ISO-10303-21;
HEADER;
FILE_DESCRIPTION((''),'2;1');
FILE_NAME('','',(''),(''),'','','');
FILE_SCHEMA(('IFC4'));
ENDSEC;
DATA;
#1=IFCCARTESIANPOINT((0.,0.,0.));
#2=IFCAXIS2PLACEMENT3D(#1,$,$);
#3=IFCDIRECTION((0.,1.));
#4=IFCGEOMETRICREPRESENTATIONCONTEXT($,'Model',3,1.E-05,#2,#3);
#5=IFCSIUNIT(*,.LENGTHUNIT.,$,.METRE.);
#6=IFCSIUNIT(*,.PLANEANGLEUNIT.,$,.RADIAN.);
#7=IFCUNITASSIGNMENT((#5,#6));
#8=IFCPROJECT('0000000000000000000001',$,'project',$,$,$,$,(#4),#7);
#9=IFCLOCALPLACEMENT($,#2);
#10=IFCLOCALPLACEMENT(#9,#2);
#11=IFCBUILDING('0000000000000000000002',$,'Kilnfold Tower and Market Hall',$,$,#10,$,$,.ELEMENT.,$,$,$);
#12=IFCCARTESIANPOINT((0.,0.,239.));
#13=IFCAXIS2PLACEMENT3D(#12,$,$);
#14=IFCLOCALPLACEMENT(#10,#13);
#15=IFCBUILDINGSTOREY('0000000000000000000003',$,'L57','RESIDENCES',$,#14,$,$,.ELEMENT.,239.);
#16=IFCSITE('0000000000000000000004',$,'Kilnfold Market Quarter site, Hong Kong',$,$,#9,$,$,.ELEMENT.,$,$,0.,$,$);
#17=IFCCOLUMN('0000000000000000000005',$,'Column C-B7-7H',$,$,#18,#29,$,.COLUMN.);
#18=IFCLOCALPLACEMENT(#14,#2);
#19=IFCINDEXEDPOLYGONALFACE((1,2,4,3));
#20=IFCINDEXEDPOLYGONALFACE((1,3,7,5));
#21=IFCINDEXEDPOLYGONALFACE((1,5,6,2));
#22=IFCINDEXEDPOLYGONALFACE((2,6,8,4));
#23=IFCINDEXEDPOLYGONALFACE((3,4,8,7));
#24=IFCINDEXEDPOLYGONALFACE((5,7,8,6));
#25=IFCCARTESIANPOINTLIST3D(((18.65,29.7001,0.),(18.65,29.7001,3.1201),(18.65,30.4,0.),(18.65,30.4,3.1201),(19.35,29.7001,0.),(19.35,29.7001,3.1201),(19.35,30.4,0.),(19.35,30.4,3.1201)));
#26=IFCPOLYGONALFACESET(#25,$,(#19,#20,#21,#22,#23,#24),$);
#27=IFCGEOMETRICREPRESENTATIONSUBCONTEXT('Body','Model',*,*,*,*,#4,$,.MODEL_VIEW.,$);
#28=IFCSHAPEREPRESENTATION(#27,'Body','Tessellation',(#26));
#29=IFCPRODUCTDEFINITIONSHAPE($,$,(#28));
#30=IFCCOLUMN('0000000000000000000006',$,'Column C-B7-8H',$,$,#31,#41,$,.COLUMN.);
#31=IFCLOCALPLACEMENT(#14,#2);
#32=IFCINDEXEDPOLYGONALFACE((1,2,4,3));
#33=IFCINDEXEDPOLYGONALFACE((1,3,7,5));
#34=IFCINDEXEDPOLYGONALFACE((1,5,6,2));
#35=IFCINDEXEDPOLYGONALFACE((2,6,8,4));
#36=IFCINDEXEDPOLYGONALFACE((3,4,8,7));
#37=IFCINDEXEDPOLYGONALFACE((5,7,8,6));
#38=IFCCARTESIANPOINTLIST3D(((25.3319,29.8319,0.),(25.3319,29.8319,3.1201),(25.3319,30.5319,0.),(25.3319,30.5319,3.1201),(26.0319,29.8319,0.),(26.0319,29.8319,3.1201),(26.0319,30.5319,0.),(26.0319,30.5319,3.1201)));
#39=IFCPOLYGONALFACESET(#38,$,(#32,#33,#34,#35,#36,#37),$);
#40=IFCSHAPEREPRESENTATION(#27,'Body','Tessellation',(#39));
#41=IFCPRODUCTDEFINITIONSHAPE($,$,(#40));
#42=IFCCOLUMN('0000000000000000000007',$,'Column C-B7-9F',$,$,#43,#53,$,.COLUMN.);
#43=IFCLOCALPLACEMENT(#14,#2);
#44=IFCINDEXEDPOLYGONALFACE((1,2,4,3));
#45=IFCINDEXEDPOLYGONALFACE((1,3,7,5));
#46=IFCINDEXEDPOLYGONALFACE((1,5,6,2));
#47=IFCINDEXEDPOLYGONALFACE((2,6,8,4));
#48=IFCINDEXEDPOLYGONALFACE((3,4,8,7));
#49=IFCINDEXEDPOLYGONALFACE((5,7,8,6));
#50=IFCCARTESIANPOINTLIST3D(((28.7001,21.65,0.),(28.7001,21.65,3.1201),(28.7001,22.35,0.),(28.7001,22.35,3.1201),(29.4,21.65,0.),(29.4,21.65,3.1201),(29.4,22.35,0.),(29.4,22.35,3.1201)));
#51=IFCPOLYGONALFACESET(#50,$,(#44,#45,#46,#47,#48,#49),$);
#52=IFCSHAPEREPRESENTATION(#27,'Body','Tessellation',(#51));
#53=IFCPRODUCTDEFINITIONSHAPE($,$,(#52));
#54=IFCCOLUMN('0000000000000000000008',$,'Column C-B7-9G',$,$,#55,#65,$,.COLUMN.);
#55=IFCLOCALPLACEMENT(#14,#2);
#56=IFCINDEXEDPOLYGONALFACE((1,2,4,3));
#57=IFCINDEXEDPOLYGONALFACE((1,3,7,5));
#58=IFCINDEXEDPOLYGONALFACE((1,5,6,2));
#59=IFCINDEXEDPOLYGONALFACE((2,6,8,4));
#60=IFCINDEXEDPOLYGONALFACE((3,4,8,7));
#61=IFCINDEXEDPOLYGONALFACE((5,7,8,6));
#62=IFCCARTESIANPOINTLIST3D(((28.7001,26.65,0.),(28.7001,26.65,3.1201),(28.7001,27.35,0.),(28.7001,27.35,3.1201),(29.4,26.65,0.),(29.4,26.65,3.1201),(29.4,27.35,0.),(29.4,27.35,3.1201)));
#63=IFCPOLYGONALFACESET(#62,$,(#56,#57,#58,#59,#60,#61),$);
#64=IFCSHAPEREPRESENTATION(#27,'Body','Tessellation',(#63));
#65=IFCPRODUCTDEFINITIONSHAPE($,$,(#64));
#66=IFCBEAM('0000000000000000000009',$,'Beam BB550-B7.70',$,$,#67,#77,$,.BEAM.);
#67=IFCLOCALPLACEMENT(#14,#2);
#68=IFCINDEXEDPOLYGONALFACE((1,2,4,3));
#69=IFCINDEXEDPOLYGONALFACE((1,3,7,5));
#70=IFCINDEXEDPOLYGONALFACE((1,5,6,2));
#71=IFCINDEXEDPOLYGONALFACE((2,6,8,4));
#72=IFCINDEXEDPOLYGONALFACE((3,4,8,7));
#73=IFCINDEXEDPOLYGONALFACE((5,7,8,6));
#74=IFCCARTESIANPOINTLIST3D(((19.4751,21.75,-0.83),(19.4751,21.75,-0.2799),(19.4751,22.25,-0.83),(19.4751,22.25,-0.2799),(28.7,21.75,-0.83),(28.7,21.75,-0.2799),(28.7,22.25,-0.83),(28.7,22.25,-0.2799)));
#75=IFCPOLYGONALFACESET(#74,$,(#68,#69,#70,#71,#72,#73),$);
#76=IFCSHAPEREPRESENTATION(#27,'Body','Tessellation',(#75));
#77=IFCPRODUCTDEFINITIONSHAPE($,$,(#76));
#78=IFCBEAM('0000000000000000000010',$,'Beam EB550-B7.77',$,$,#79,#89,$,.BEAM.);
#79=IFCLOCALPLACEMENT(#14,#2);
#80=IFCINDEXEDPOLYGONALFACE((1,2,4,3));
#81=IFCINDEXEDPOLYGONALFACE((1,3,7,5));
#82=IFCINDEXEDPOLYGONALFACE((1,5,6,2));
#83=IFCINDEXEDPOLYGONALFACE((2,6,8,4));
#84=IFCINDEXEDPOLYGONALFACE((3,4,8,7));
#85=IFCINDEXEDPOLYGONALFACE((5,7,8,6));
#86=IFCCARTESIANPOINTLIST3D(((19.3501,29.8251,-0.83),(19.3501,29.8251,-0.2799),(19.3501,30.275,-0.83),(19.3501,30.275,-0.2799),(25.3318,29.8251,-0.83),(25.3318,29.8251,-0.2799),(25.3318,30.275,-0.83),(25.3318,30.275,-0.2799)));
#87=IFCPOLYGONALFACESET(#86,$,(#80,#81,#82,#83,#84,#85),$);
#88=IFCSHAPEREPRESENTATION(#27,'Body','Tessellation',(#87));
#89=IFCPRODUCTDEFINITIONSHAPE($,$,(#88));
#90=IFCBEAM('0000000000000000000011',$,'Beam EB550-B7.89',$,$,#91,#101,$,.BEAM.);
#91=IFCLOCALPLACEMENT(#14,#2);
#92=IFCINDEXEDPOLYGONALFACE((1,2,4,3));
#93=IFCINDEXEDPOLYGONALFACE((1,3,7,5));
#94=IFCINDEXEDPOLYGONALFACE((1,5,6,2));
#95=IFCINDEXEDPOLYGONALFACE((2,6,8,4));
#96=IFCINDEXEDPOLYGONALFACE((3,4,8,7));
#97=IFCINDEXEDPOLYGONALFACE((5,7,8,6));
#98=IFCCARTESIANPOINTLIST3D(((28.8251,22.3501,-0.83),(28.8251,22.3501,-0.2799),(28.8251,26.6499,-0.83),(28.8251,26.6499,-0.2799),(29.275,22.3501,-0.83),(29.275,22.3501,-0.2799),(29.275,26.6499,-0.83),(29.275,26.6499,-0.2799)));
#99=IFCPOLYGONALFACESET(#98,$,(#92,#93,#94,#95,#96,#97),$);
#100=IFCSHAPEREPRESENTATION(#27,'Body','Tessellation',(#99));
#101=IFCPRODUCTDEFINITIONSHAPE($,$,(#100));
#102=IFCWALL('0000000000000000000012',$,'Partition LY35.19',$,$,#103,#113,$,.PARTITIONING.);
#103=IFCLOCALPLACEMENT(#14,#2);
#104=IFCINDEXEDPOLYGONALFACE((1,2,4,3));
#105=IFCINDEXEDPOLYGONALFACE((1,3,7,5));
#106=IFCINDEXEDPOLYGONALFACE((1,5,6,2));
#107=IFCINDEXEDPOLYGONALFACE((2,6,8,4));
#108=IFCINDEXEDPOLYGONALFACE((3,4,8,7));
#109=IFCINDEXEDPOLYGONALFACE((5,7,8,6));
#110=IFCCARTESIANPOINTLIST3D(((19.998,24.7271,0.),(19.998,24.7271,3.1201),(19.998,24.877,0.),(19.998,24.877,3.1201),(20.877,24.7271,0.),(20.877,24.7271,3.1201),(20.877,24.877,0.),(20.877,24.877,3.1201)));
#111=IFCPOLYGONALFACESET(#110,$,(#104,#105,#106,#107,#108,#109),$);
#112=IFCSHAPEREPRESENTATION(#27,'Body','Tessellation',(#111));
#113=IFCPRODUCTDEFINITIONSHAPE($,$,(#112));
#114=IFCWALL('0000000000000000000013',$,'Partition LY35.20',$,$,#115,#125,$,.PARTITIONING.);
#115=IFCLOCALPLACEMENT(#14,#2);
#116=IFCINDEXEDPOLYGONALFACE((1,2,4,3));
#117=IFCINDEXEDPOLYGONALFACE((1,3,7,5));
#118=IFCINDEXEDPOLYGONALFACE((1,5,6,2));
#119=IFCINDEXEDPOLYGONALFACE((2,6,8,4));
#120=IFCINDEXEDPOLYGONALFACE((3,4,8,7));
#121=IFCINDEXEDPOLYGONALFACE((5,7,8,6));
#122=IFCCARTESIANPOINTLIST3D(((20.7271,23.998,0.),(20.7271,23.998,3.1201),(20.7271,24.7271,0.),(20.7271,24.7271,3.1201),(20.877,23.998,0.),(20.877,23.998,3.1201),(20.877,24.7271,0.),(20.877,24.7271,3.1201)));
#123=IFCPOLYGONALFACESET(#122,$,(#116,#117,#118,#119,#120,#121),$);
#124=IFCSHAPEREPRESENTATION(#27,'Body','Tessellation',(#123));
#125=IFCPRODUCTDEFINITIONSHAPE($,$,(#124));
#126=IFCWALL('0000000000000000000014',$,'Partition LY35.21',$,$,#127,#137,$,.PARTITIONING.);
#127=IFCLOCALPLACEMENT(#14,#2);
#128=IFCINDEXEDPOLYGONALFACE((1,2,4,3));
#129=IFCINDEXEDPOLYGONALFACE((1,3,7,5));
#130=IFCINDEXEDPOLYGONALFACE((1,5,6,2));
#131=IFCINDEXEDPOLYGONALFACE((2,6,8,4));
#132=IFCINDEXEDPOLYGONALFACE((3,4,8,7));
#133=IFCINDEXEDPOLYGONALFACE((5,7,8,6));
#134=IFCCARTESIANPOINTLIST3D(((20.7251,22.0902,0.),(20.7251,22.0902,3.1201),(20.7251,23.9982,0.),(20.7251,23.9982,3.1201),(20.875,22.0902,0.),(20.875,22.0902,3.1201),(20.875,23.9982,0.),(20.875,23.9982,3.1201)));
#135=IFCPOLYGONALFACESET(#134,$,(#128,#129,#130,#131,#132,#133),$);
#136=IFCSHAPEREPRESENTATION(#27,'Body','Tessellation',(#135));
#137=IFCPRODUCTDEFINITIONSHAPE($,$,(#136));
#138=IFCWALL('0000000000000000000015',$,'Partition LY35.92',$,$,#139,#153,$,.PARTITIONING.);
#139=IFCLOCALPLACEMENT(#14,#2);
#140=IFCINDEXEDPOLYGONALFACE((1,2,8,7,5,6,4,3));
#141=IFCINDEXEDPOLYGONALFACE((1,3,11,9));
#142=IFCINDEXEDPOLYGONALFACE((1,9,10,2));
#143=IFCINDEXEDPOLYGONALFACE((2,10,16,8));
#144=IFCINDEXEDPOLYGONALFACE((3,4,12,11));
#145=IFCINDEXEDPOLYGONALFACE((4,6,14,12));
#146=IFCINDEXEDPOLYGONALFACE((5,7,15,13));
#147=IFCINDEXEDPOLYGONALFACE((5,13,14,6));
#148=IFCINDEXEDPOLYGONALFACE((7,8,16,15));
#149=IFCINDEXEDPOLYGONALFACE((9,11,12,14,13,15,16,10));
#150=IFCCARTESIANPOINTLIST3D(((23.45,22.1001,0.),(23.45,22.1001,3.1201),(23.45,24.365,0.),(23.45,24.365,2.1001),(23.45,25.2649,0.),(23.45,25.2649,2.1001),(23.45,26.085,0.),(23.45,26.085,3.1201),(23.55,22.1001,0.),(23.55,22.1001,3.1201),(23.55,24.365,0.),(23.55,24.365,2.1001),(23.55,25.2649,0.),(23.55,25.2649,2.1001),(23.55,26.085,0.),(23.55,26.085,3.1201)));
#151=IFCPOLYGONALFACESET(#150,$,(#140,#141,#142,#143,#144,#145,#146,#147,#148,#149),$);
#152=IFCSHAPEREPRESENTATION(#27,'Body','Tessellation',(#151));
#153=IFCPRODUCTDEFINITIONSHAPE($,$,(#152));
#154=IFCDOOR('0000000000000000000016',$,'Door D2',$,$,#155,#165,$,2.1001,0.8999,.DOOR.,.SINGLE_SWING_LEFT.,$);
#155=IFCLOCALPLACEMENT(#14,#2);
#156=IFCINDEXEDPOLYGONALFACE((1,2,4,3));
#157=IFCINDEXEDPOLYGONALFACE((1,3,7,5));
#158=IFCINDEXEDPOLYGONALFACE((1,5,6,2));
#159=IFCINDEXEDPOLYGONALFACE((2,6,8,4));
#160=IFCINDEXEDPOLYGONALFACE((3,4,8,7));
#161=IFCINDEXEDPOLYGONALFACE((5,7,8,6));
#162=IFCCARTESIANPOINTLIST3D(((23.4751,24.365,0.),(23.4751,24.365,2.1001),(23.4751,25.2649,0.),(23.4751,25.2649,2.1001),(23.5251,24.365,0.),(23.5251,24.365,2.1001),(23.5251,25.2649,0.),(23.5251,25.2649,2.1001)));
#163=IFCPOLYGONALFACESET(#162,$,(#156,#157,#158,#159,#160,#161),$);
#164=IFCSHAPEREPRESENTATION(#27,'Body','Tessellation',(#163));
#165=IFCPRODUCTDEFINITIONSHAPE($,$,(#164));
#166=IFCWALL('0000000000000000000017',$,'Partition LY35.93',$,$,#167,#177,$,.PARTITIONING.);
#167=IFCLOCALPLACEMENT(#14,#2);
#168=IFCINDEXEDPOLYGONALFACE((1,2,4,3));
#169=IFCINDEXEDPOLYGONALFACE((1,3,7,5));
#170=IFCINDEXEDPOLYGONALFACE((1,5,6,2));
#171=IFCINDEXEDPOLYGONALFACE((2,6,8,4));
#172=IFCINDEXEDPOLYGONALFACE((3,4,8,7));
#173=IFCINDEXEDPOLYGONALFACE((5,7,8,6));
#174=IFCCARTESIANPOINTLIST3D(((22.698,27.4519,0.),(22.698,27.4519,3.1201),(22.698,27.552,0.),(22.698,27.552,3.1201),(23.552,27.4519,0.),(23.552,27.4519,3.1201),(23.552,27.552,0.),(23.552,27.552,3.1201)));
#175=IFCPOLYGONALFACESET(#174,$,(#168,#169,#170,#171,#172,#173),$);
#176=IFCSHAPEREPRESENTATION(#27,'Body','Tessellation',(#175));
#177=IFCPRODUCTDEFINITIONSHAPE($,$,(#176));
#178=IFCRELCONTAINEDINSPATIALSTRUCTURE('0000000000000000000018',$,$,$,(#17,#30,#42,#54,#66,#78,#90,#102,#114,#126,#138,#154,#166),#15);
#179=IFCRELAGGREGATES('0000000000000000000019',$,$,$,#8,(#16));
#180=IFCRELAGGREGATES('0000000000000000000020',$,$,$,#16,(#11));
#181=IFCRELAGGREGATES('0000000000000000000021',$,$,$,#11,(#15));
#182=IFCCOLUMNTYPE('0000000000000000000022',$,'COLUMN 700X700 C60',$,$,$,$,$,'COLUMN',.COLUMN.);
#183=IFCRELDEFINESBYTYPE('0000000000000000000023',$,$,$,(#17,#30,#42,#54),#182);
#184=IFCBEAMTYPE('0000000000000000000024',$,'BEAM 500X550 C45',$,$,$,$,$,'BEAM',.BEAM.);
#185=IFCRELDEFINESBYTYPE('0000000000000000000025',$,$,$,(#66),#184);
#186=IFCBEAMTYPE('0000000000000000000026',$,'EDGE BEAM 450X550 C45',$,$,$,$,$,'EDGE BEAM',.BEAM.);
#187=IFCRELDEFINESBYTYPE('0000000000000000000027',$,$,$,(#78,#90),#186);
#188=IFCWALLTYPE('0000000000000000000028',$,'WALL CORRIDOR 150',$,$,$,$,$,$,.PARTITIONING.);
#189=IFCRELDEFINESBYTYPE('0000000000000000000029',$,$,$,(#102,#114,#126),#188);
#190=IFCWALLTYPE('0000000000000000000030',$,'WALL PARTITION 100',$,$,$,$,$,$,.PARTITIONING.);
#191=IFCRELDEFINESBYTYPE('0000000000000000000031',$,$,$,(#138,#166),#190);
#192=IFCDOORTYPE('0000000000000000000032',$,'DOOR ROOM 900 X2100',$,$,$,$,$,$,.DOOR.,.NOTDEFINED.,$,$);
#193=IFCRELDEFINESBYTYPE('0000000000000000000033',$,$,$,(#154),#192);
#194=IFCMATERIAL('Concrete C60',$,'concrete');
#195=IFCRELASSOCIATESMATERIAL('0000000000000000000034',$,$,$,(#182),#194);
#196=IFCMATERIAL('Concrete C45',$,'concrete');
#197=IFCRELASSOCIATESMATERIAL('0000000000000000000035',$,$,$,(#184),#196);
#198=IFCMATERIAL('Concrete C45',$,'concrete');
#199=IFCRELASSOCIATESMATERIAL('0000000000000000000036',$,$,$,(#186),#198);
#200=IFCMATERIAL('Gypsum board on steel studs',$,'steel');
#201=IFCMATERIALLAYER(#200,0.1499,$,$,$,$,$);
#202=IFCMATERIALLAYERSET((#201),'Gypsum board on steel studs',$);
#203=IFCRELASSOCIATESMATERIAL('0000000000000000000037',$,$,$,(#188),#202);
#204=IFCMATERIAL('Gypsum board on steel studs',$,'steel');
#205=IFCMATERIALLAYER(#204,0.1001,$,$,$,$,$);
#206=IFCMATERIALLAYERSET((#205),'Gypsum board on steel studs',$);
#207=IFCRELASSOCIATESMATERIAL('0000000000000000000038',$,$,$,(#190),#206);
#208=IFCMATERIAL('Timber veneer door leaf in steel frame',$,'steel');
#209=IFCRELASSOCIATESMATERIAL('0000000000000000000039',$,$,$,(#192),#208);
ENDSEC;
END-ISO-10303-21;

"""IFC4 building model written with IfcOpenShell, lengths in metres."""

from ifc_helpers import new_model, si_unit, direction, frame, frame_2d, origin, origin_2d, place, context, subcontext, project, spatial, rectangle, extrude, source, transform, mapped, material, layer, layer_set, material_profile, profile_set, type_object, element, fill, save


model = new_model("IFC4")

# Units and contexts
model_context = context("Model", 3, precision=1e-05, world=origin(), true_north=direction((0.0, 1.0)))
body_context = subcontext(model_context, "Body", "Model", "MODEL_VIEW")
ifc_project = project(units=[si_unit("LENGTHUNIT", "METRE"), si_unit("PLANEANGLEUNIT", "RADIAN")], contexts=[model_context])

# Site, building, storey
site_placement = place(None, origin())
site = spatial("IfcSite", under=ifc_project, at=site_placement, Name="Kilnfold Market Quarter site, Hong Kong", CompositionType="ELEMENT", RefElevation=0.0)
building_placement = place(site_placement, origin())
building = spatial("IfcBuilding", under=site, at=building_placement, Name="Kilnfold Tower and Market Hall", CompositionType="ELEMENT")
storey_placement = place(building_placement, frame((0.0, 0.0, 239.0)))
storey = spatial("IfcBuildingStorey", under=building, at=storey_placement, Name="L57", Description="RESIDENCES", CompositionType="ELEMENT", Elevation=239.0)

# Columns
ifc_material_1 = material(Name="Concrete C60", Category="concrete")
ifc_material_profile_1 = material_profile(ifc_material_1, rectangle(XDim=0.7, YDim=0.7, at=origin_2d()), Name="RC 700x700")
ifc_profile_set_1 = profile_set([ifc_material_profile_1], Name="Concrete C60")
column_type = type_object("IfcColumnType", Name="COLUMN 700X700 C60", ElementType="COLUMN", PredefinedType="COLUMN", material=ifc_profile_set_1)
shared_shape_1 = source(origin(), body_context, "Body", "SweptSolid", [
    extrude(rectangle(XDim=0.7, YDim=0.7, at=origin_2d()), origin(), (0.0, 0.0, 1.0), 3.1201),
])
for number, where, z_axis, x_axis, name in (
    (1, (19.0, 30.05, 0.0), (0.0, 0.0, 1.0), (1.0, 0.0, 0.0), "Column C-B7-7H"),
    (2, (25.6819, 30.1819, 0.0), (0.0, 0.0, 1.0), (1.0, 0.0, 0.0), "Column C-B7-8H"),
    (3, (29.05, 22.0, 0.0), (0.0, 0.0, 1.0), (1.0, 0.0, 0.0), "Column C-B7-9F"),
    (4, (29.05, 27.0, 0.0), (0.0, 0.0, 1.0), (1.0, 0.0, 0.0), "Column C-B7-9G"),
):
    element("IfcColumn", number, at=place(storey_placement, frame(where, z_axis=z_axis, x_axis=x_axis)), inside=storey, type_object=column_type, Name=name, PredefinedType="COLUMN", context=body_context, shape_type="MappedRepresentation", body=[
        mapped(shared_shape_1, transform((0.0, 0.0, 0.0))),
    ])

# Beams
ifc_material_2 = material(Name="Concrete C45", Category="concrete")
ifc_material_profile_2 = material_profile(ifc_material_2, rectangle(XDim=0.5, YDim=0.55, at=origin_2d()), Name="RC 500x550")
ifc_profile_set_2 = profile_set([ifc_material_profile_2], Name="Concrete C45")
beam_type_1 = type_object("IfcBeamType", Name="BEAM 500X550 C45", ElementType="BEAM", PredefinedType="BEAM", material=ifc_profile_set_2)
shared_shape_2 = source(origin(), body_context, "Body", "SweptSolid", [
    extrude(rectangle(XDim=0.5, YDim=0.55, at=origin_2d()), origin(), (0.0, 0.0, 1.0), 9.2249),
])
beam_1_placement = place(storey_placement, frame((19.4751, 22.0, -0.5549), z_axis=(1.0, 0.0, 0.0), x_axis=(0.0, 1.0, 0.0)))
element("IfcBeam", 5, at=beam_1_placement, inside=storey, type_object=beam_type_1, Name="Beam BB550-B7.70", PredefinedType="BEAM", context=body_context, shape_type="MappedRepresentation", body=[
    mapped(shared_shape_2, transform((0.0, 0.0, 0.0))),
])
ifc_material_3 = material(Name="Concrete C45", Category="concrete")
ifc_material_profile_3 = material_profile(ifc_material_3, rectangle(XDim=0.45, YDim=0.55, at=origin_2d()), Name="RC 450x550")
ifc_profile_set_3 = profile_set([ifc_material_profile_3], Name="Concrete C45")
beam_type_2 = type_object("IfcBeamType", Name="EDGE BEAM 450X550 C45", ElementType="EDGE BEAM", PredefinedType="BEAM", material=ifc_profile_set_3)
shared_shape_3 = source(origin(), body_context, "Body", "SweptSolid", [
    extrude(rectangle(XDim=0.45, YDim=0.55, at=origin_2d()), origin(), (0.0, 0.0, 1.0), 5.9817),
])
beam_2_placement = place(storey_placement, frame((19.3501, 30.05, -0.5549), z_axis=(1.0, 0.0, 0.0), x_axis=(0.0, 1.0, 0.0)))
element("IfcBeam", 6, at=beam_2_placement, inside=storey, type_object=beam_type_2, Name="Beam EB550-B7.77", PredefinedType="BEAM", context=body_context, shape_type="MappedRepresentation", body=[
    mapped(shared_shape_3, transform((0.0, 0.0, 0.0))),
])
shared_shape_4 = source(origin(), body_context, "Body", "SweptSolid", [
    extrude(rectangle(XDim=0.45, YDim=0.55, at=origin_2d()), origin(), (0.0, 0.0, 1.0), 4.2998),
])
beam_3_placement = place(storey_placement, frame((29.05, 22.3501, -0.5549), z_axis=(0.0, 1.0, 0.0), x_axis=(-1.0, 0.0, 0.0)))
element("IfcBeam", 7, at=beam_3_placement, inside=storey, type_object=beam_type_2, Name="Beam EB550-B7.89", PredefinedType="BEAM", context=body_context, shape_type="MappedRepresentation", body=[
    mapped(shared_shape_4, transform((0.0, 0.0, 0.0))),
])

# Walls
ifc_material_4 = material(Name="Gypsum board on steel studs", Category="steel")
ifc_layer_1 = layer(ifc_material_4, 0.1499)
ifc_layer_set_1 = layer_set([ifc_layer_1], Name="Gypsum board on steel studs")
wall_type_1 = type_object("IfcWallType", Name="WALL CORRIDOR 150", PredefinedType="PARTITIONING", material=ifc_layer_set_1)
wall_1_placement = place(storey_placement, frame((20.877, 24.802, 0.0), z_axis=(0.0, 0.0, 1.0), x_axis=(-1.0, 0.0, 0.0)))
element("IfcWall", 8, at=wall_1_placement, inside=storey, type_object=wall_type_1, Name="Partition LY35.19", PredefinedType="PARTITIONING", context=body_context, shape_type="SweptSolid", body=[
    extrude(rectangle(XDim=0.8789, YDim=0.1499, at=frame_2d((0.4395, 0.0))), origin(), (0.0, 0.0, 1.0), 3.1201),
])
wall_2_placement = place(storey_placement, frame((20.802, 23.998, 0.0), z_axis=(0.0, 0.0, 1.0), x_axis=(0.0, 1.0, 0.0)))
element("IfcWall", 9, at=wall_2_placement, inside=storey, type_object=wall_type_1, Name="Partition LY35.20", PredefinedType="PARTITIONING", context=body_context, shape_type="SweptSolid", body=[
    extrude(rectangle(XDim=0.729, YDim=0.1499, at=frame_2d((0.3645, 0.0))), origin(), (0.0, 0.0, 1.0), 3.1201),
])
wall_3_placement = place(storey_placement, frame((20.8, 22.0901, 0.0), z_axis=(0.0, 0.0, 1.0), x_axis=(0.0, 1.0, 0.0)))
element("IfcWall", 10, at=wall_3_placement, inside=storey, type_object=wall_type_1, Name="Partition LY35.21", PredefinedType="PARTITIONING", context=body_context, shape_type="SweptSolid", body=[
    extrude(rectangle(XDim=1.908, YDim=0.1499, at=frame_2d((0.9541, 0.0))), origin(), (0.0, 0.0, 1.0), 3.1201),
])

# Wall, opening, door
ifc_material_5 = material(Name="Gypsum board on steel studs", Category="steel")
ifc_layer_2 = layer(ifc_material_5, 0.1001)
ifc_layer_set_2 = layer_set([ifc_layer_2], Name="Gypsum board on steel studs")
wall_type_2 = type_object("IfcWallType", Name="WALL PARTITION 100", PredefinedType="PARTITIONING", material=ifc_layer_set_2)
wall_4_placement = place(storey_placement, frame((23.5, 22.1001, 0.0), z_axis=(0.0, 0.0, 1.0), x_axis=(0.0, 1.0, 0.0)))
wall_4 = element("IfcWall", 11, at=wall_4_placement, inside=storey, type_object=wall_type_2, Name="Partition LY35.92", PredefinedType="PARTITIONING", context=body_context, shape_type="SweptSolid", body=[
    extrude(rectangle(XDim=3.9849, YDim=0.1001, at=frame_2d((1.9924, 0.0))), origin(), (0.0, 0.0, 1.0), 3.1201),
])
opening_1_placement = place(wall_4_placement, frame((2.2649, 0.0, 0.0)))
opening_1 = element("IfcOpeningElement", 12, at=opening_1_placement, cuts=wall_4, PredefinedType="OPENING", context=body_context, shape_type="SweptSolid", body=[
    extrude(rectangle(XDim=0.8999, YDim=2.1001, at=frame_2d((0.45, 1.05))), frame((0.0, 0.0601, 0.0), z_axis=(0.0, -1.0, 0.0), x_axis=(1.0, 0.0, 0.0)), (0.0, 0.0, 1.0), 0.1201),
])
ifc_material_6 = material(Name="Timber veneer door leaf in steel frame", Category="steel")
door_type_1 = type_object("IfcDoorType", Name="DOOR ROOM 900 X2100", OperationType="NOTDEFINED", PredefinedType="DOOR", material=ifc_material_6)
door_1_placement = place(opening_1_placement, origin())
door_1 = element("IfcDoor", 13, at=door_1_placement, inside=storey, type_object=door_type_1, Name="Door D2", OperationType="SINGLE_SWING_LEFT", OverallHeight=2.1001, OverallWidth=0.8999, PredefinedType="DOOR", context=body_context, shape_type="SweptSolid", body=[
    extrude(rectangle(XDim=0.8999, YDim=2.1001, at=frame_2d((0.45, 1.05))), frame((0.0, 0.0249, 0.0), z_axis=(0.0, -1.0, 0.0), x_axis=(1.0, 0.0, 0.0)), (0.0, 0.0, 1.0), 0.05),
])
fill(opening_1, door_1)

# Wall
wall_5_placement = place(storey_placement, frame((23.552, 27.502, 0.0), z_axis=(0.0, 0.0, 1.0), x_axis=(-1.0, 0.0, 0.0)))
element("IfcWall", 14, at=wall_5_placement, inside=storey, type_object=wall_type_2, Name="Partition LY35.93", PredefinedType="PARTITIONING", context=body_context, shape_type="SweptSolid", body=[
    extrude(rectangle(XDim=0.854, YDim=0.1001, at=frame_2d((0.427, 0.0))), origin(), (0.0, 0.0, 1.0), 3.1201),
])

save(model, "model.ifc")
